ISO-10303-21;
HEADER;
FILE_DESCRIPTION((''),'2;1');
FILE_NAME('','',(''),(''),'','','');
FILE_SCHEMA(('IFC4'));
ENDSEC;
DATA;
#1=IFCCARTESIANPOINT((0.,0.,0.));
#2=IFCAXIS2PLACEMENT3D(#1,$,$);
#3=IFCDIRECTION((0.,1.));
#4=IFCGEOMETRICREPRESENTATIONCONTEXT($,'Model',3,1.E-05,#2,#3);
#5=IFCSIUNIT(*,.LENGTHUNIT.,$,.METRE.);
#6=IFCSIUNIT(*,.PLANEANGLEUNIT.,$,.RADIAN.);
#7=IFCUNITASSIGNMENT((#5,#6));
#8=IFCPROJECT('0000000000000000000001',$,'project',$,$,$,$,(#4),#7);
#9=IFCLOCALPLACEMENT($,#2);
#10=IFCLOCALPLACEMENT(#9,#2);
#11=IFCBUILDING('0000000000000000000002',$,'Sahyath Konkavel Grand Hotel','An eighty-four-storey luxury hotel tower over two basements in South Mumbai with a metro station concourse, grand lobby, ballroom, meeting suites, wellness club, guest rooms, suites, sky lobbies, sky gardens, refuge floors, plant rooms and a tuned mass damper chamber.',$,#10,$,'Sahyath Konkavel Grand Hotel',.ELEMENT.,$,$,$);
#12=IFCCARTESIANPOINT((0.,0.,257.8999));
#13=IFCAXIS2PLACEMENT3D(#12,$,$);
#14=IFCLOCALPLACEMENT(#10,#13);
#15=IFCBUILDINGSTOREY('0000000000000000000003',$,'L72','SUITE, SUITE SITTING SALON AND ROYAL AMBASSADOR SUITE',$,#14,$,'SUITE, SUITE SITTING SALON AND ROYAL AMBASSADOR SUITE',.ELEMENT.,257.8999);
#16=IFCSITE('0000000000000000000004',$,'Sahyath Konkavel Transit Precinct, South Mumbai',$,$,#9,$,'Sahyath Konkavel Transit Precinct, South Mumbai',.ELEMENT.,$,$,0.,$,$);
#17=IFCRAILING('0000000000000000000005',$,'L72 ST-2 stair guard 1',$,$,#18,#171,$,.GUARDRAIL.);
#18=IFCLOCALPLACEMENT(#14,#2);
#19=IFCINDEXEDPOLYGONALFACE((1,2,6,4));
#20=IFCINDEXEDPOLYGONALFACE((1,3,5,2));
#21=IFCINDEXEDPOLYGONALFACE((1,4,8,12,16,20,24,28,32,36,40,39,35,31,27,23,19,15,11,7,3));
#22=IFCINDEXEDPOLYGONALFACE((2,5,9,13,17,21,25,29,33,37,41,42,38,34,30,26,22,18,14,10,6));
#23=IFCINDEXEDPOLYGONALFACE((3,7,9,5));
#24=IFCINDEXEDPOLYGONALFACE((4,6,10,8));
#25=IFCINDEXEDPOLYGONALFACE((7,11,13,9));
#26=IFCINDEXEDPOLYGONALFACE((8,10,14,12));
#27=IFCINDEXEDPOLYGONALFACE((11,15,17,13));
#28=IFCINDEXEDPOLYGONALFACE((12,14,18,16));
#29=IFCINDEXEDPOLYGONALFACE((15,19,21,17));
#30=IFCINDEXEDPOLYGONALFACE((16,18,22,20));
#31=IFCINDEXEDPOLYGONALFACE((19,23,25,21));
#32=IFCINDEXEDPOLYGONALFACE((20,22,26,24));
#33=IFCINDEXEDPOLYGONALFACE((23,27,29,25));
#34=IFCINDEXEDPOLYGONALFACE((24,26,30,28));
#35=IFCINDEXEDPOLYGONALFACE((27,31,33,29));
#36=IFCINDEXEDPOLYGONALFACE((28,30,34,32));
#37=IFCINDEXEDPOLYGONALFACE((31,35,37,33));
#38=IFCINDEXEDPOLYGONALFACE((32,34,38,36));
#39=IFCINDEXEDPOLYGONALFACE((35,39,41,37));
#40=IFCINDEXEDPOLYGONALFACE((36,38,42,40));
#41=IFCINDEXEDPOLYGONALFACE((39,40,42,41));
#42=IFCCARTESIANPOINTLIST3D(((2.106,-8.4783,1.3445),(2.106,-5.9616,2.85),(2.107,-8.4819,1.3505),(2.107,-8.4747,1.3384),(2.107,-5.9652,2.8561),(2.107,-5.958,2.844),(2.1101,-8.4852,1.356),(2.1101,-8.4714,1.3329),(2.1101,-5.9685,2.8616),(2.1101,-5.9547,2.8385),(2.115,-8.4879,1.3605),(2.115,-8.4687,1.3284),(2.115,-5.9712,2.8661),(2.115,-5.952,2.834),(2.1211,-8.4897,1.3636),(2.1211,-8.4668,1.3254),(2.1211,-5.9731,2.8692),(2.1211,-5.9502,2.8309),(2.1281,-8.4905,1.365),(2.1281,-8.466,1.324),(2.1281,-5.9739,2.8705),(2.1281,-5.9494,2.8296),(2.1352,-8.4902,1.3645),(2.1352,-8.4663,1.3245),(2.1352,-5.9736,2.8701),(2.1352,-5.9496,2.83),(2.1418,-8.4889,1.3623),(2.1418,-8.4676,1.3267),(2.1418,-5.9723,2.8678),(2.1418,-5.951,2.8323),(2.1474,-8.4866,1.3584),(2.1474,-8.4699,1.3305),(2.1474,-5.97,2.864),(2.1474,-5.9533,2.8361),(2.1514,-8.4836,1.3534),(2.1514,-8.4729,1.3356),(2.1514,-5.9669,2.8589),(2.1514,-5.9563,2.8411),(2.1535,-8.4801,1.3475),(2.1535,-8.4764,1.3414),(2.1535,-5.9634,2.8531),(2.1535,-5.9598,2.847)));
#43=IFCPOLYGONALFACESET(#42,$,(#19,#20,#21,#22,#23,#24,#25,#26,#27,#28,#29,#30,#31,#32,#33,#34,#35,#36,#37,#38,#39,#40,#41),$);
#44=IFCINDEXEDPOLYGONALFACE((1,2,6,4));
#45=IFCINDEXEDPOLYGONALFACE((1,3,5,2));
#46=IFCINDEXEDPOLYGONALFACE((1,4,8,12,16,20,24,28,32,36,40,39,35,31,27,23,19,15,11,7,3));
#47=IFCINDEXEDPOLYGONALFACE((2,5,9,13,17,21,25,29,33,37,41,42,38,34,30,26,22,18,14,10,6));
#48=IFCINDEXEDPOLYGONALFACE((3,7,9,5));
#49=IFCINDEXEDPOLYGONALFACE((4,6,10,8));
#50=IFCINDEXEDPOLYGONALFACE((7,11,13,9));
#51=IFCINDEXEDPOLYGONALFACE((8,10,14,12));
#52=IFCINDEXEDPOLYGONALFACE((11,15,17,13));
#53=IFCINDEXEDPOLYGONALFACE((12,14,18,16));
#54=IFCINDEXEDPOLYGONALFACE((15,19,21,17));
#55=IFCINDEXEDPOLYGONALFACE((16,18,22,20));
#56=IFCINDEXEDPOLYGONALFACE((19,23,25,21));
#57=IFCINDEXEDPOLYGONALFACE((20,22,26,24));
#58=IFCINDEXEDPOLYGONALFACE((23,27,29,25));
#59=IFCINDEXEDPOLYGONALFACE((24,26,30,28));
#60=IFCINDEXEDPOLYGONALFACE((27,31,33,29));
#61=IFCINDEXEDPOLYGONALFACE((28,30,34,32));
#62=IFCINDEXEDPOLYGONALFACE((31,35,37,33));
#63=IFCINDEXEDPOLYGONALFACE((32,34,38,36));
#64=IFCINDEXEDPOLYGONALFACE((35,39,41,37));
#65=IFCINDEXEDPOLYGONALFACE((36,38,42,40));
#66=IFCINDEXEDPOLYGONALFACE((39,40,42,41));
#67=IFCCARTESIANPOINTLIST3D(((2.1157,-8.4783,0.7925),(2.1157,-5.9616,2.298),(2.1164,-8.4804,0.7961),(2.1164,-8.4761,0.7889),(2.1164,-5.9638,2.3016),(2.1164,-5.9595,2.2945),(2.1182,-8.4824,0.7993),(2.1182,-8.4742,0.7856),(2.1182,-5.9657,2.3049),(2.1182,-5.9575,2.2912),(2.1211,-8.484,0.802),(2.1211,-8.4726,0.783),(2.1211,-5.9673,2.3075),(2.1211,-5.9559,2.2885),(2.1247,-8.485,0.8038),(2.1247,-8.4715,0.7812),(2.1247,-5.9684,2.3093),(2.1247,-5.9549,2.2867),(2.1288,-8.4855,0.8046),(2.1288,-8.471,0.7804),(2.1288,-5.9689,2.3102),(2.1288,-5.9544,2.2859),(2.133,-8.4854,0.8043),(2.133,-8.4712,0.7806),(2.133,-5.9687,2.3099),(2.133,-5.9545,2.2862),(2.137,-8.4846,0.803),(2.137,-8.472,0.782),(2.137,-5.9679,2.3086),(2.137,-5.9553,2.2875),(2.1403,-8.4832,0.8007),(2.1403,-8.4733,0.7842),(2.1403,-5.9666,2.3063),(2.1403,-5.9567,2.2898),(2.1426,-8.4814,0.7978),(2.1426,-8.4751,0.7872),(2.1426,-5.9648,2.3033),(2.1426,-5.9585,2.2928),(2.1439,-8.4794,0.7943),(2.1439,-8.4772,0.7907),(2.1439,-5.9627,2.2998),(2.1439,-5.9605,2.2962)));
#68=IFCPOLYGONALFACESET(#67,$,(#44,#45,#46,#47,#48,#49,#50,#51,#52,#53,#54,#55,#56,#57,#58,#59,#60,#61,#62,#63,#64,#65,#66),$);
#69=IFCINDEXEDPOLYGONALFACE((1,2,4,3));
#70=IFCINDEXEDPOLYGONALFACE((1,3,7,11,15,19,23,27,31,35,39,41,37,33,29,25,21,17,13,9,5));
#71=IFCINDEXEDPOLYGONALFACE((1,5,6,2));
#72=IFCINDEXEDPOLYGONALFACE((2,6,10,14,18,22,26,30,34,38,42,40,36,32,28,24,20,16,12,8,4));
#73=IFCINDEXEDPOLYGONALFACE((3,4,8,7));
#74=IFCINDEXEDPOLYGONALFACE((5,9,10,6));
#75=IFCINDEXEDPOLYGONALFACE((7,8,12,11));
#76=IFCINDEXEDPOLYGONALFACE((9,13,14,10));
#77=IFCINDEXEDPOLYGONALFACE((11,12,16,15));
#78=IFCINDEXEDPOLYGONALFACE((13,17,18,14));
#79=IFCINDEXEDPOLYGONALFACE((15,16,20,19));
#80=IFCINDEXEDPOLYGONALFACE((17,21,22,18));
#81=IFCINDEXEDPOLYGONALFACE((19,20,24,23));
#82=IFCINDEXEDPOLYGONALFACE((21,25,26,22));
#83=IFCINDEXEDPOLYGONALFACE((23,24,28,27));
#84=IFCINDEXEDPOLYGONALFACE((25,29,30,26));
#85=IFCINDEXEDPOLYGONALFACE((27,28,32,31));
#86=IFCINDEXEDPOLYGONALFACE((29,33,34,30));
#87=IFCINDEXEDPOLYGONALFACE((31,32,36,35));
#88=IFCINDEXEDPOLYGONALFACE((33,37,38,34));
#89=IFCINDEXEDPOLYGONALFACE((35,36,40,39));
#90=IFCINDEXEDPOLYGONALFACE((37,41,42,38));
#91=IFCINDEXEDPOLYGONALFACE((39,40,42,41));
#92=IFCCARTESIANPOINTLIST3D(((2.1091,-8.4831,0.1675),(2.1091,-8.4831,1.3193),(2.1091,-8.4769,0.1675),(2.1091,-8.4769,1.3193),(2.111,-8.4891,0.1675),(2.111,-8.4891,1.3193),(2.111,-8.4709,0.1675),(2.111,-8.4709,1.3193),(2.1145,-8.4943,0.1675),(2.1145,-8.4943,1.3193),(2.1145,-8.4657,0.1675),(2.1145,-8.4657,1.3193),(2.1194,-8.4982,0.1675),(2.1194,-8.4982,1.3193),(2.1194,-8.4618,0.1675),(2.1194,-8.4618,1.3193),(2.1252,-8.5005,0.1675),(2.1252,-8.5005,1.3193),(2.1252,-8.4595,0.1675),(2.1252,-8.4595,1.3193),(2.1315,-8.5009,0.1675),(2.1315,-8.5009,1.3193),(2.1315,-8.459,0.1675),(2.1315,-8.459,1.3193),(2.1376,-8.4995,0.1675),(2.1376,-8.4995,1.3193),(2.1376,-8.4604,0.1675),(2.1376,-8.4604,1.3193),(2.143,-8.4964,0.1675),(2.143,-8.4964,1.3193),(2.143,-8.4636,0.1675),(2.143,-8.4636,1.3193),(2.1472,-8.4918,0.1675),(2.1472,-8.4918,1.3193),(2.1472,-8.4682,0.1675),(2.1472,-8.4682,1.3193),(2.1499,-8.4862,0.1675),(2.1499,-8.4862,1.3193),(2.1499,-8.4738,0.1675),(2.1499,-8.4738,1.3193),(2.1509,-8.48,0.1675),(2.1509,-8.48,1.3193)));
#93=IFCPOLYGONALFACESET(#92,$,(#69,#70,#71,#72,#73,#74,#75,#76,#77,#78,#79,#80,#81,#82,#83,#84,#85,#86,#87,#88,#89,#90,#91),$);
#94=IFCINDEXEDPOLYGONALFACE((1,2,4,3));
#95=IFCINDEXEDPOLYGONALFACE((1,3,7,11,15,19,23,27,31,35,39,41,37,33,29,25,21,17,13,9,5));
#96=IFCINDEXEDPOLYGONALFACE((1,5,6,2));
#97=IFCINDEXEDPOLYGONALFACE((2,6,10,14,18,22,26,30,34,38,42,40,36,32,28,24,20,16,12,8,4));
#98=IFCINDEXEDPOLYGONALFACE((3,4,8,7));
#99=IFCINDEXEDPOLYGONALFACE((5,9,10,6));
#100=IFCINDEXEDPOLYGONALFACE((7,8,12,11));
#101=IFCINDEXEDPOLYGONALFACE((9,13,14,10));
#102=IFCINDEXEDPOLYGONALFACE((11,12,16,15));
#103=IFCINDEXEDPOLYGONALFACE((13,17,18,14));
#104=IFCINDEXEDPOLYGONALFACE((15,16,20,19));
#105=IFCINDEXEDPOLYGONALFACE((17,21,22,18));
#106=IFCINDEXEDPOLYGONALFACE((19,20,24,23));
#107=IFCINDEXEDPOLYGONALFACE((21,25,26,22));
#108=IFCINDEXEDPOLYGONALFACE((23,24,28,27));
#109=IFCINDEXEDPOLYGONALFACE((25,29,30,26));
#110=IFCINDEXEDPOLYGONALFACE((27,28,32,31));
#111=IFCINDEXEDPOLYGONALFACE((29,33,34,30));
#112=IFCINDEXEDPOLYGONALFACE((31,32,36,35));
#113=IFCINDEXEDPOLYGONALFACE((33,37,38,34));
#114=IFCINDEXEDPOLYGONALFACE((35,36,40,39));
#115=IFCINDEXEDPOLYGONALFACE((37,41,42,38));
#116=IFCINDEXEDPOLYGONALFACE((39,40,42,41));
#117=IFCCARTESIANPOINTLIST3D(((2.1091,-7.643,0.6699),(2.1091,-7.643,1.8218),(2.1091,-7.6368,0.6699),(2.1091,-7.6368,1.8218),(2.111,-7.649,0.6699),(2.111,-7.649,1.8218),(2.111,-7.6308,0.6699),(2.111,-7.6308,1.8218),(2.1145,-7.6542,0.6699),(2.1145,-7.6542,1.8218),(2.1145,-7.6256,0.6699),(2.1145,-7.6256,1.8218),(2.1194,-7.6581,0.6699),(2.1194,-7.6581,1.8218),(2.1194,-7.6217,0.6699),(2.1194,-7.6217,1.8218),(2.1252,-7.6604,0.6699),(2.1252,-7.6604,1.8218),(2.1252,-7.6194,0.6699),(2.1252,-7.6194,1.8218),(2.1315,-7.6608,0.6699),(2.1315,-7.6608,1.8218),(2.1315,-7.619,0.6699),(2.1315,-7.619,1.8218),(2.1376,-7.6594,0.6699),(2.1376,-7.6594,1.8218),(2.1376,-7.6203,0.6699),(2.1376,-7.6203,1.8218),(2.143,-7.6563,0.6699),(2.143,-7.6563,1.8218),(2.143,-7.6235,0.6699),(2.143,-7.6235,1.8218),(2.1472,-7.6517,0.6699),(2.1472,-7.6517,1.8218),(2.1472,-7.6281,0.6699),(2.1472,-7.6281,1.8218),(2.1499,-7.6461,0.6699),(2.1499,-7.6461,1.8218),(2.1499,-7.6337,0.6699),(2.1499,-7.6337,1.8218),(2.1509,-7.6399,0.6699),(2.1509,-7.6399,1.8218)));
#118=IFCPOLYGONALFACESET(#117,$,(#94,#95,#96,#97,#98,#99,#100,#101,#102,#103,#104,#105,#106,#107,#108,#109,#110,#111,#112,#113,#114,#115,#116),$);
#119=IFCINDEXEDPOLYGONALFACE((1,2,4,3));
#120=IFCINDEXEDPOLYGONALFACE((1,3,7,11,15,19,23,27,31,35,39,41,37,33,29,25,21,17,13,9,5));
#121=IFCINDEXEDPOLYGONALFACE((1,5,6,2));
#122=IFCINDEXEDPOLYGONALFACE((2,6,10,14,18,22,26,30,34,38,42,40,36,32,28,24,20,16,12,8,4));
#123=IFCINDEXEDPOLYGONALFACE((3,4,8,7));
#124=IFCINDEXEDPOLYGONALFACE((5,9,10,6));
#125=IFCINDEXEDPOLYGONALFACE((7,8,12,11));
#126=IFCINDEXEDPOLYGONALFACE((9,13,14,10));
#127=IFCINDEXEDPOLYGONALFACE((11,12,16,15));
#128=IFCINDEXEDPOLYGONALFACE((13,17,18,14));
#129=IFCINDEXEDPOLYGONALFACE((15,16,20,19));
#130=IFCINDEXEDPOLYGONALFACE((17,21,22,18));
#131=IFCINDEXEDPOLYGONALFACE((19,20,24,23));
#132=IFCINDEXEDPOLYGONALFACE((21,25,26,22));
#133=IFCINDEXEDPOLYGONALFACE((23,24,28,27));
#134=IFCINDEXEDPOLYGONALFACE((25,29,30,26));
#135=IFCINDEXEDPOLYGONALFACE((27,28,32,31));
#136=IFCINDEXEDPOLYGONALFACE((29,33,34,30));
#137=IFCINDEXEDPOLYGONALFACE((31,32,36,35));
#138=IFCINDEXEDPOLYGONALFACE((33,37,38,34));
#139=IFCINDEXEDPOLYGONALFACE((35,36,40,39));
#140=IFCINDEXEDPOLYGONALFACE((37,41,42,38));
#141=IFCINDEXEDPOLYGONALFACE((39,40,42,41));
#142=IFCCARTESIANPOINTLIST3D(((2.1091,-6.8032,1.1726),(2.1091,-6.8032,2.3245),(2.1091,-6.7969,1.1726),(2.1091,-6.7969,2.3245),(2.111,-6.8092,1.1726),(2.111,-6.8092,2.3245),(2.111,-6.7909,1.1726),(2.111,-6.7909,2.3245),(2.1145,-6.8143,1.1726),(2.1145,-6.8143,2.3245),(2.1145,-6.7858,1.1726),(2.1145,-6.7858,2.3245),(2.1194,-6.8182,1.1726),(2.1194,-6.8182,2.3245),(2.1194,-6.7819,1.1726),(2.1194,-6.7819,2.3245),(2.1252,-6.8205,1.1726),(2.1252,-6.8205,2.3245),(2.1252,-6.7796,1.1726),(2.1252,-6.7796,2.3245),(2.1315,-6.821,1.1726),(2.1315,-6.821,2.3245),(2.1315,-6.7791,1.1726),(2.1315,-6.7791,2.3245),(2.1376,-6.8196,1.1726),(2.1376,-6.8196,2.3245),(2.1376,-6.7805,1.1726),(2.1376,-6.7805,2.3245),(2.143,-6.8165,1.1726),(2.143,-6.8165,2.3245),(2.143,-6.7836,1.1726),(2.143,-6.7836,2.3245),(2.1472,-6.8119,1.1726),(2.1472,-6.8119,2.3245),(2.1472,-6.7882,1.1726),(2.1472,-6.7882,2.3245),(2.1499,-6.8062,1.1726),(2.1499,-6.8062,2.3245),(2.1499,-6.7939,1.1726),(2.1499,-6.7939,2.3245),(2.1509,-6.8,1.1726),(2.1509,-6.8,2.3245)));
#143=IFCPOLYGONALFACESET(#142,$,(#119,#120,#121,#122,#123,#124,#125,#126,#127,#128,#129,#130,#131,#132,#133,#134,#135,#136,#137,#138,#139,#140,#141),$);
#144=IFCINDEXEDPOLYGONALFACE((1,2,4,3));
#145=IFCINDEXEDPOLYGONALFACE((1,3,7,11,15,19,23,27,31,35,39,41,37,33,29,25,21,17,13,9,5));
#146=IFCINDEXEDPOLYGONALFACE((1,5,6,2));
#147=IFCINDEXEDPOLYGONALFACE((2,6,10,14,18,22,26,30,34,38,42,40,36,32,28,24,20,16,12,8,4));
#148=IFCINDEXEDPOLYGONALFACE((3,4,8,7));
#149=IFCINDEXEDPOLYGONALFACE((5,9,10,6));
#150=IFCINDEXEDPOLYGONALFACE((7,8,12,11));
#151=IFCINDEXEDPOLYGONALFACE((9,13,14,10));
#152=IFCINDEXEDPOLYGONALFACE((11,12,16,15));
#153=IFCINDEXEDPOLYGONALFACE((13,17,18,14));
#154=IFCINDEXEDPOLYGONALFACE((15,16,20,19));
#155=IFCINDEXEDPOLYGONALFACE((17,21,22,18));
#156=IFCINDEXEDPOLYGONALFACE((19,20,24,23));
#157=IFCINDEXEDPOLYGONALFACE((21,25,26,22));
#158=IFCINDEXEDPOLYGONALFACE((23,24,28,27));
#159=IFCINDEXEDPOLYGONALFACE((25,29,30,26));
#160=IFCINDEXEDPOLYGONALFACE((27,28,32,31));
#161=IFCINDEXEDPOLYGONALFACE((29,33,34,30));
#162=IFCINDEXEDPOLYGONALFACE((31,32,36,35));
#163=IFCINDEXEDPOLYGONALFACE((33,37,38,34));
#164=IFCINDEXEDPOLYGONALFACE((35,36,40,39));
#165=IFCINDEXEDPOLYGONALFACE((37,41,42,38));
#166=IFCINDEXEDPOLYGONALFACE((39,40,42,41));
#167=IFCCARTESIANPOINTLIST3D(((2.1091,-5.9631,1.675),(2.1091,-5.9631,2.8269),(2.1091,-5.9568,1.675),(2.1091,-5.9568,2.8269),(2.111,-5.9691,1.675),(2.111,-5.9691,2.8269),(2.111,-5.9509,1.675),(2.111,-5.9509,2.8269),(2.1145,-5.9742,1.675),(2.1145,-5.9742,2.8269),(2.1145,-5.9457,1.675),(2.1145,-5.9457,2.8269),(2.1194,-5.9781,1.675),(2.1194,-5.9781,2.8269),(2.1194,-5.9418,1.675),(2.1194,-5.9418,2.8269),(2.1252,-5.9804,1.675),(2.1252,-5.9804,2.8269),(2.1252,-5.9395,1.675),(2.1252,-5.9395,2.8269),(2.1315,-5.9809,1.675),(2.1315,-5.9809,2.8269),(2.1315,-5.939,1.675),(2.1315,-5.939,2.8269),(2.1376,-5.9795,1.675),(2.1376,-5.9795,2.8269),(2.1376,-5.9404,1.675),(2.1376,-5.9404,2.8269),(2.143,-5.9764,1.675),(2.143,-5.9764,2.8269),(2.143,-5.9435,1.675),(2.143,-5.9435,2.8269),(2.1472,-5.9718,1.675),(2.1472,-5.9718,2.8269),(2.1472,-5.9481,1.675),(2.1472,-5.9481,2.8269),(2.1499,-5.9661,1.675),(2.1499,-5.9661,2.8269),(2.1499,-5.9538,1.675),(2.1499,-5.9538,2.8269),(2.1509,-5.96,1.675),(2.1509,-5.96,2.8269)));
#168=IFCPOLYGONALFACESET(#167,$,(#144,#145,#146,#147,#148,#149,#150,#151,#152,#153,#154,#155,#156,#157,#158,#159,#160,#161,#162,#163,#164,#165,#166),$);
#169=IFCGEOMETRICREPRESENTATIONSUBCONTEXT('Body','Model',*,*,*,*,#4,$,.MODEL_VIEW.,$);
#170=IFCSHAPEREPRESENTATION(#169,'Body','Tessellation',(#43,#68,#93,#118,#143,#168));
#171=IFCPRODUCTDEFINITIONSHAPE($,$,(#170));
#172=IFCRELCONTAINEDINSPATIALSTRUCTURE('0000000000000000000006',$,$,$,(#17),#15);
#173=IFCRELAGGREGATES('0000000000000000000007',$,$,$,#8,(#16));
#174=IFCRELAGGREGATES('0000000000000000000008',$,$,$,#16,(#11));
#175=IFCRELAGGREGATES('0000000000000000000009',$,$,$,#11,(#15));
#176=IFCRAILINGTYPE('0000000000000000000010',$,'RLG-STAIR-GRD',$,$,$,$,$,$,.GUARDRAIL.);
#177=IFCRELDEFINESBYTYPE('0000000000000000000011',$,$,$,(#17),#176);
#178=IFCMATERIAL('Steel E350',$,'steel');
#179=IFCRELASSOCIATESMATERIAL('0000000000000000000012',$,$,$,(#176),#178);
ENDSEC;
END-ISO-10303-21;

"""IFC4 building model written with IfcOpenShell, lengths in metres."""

from ifc_helpers import new_model, si_unit, direction, frame, origin, origin_2d, place, context, subcontext, project, spatial, circle, extrude, material, type_object, element, save


model = new_model("IFC4")

# Units and contexts
model_context = context("Model", 3, precision=1e-05, world=origin(), true_north=direction((0.0, 1.0)))
body_context = subcontext(model_context, "Body", "Model", "MODEL_VIEW")
ifc_project = project(units=[si_unit("LENGTHUNIT", "METRE"), si_unit("PLANEANGLEUNIT", "RADIAN")], contexts=[model_context])

# Site, building, storey
site_placement = place(None, origin())
site = spatial("IfcSite", under=ifc_project, at=site_placement, Name="Sahyath Konkavel Transit Precinct, South Mumbai", LongName="Sahyath Konkavel Transit Precinct, South Mumbai", CompositionType="ELEMENT", RefElevation=0.0)
building_placement = place(site_placement, origin())
building = spatial("IfcBuilding", under=site, at=building_placement, Name="Sahyath Konkavel Grand Hotel", Description="An eighty-four-storey luxury hotel tower over two basements in South Mumbai with a metro station concourse, grand lobby, ballroom, meeting suites, wellness club, guest rooms, suites, sky lobbies, sky gardens, refuge floors, plant rooms and a tuned mass damper chamber.", LongName="Sahyath Konkavel Grand Hotel", CompositionType="ELEMENT")
storey_placement = place(building_placement, frame((0.0, 0.0, 257.8999)))
storey = spatial("IfcBuildingStorey", under=building, at=storey_placement, Name="L72", Description="SUITE, SUITE SITTING SALON AND ROYAL AMBASSADOR SUITE", LongName="SUITE, SUITE SITTING SALON AND ROYAL AMBASSADOR SUITE", CompositionType="ELEMENT", Elevation=257.8999)

# Shared definitions
ifc_material_1 = material(Name="Steel E350", Category="steel")

# Railing
railing_type = type_object("IfcRailingType", Name="RLG-STAIR-GRD", PredefinedType="GUARDRAIL", material=ifc_material_1)
railing_1_placement = place(storey_placement, frame((2.1299, -8.48, 0.1675)))
element("IfcRailing", 1, at=railing_1_placement, inside=storey, type_object=railing_type, Name="L72 ST-2 stair guard 1", PredefinedType="GUARDRAIL", context=body_context, shape_type="SweptSolid", body=[
    extrude(circle(Radius=0.0239, at=origin_2d()), frame((0.0, 0.0017, 1.177), z_axis=(0.0, 0.85816, 0.513383), x_axis=(-1.0, 0.0, 0.0)), (0.0, 0.0, 1.0), 2.9326),
    extrude(circle(Radius=0.0142, at=origin_2d()), frame((0.0, 0.0017, 0.625), z_axis=(0.0, 0.85816, 0.513383), x_axis=(-1.0, 0.0, 0.0)), (0.0, 0.0, 1.0), 2.9326),
    extrude(circle(Radius=0.021, at=origin_2d()), origin(), (0.0, 0.0, 1.0), 1.1519),
    extrude(circle(Radius=0.021, at=origin_2d()), frame((0.0, 0.8401, 0.5024)), (0.0, 0.0, 1.0), 1.1519),
    extrude(circle(Radius=0.021, at=origin_2d()), frame((0.0, 1.6799, 1.0051)), (0.0, 0.0, 1.0), 1.1519),
    extrude(circle(Radius=0.021, at=origin_2d()), frame((0.0, 2.52, 1.5076)), (0.0, 0.0, 1.0), 1.1519),
])

save(model, "model.ifc")
